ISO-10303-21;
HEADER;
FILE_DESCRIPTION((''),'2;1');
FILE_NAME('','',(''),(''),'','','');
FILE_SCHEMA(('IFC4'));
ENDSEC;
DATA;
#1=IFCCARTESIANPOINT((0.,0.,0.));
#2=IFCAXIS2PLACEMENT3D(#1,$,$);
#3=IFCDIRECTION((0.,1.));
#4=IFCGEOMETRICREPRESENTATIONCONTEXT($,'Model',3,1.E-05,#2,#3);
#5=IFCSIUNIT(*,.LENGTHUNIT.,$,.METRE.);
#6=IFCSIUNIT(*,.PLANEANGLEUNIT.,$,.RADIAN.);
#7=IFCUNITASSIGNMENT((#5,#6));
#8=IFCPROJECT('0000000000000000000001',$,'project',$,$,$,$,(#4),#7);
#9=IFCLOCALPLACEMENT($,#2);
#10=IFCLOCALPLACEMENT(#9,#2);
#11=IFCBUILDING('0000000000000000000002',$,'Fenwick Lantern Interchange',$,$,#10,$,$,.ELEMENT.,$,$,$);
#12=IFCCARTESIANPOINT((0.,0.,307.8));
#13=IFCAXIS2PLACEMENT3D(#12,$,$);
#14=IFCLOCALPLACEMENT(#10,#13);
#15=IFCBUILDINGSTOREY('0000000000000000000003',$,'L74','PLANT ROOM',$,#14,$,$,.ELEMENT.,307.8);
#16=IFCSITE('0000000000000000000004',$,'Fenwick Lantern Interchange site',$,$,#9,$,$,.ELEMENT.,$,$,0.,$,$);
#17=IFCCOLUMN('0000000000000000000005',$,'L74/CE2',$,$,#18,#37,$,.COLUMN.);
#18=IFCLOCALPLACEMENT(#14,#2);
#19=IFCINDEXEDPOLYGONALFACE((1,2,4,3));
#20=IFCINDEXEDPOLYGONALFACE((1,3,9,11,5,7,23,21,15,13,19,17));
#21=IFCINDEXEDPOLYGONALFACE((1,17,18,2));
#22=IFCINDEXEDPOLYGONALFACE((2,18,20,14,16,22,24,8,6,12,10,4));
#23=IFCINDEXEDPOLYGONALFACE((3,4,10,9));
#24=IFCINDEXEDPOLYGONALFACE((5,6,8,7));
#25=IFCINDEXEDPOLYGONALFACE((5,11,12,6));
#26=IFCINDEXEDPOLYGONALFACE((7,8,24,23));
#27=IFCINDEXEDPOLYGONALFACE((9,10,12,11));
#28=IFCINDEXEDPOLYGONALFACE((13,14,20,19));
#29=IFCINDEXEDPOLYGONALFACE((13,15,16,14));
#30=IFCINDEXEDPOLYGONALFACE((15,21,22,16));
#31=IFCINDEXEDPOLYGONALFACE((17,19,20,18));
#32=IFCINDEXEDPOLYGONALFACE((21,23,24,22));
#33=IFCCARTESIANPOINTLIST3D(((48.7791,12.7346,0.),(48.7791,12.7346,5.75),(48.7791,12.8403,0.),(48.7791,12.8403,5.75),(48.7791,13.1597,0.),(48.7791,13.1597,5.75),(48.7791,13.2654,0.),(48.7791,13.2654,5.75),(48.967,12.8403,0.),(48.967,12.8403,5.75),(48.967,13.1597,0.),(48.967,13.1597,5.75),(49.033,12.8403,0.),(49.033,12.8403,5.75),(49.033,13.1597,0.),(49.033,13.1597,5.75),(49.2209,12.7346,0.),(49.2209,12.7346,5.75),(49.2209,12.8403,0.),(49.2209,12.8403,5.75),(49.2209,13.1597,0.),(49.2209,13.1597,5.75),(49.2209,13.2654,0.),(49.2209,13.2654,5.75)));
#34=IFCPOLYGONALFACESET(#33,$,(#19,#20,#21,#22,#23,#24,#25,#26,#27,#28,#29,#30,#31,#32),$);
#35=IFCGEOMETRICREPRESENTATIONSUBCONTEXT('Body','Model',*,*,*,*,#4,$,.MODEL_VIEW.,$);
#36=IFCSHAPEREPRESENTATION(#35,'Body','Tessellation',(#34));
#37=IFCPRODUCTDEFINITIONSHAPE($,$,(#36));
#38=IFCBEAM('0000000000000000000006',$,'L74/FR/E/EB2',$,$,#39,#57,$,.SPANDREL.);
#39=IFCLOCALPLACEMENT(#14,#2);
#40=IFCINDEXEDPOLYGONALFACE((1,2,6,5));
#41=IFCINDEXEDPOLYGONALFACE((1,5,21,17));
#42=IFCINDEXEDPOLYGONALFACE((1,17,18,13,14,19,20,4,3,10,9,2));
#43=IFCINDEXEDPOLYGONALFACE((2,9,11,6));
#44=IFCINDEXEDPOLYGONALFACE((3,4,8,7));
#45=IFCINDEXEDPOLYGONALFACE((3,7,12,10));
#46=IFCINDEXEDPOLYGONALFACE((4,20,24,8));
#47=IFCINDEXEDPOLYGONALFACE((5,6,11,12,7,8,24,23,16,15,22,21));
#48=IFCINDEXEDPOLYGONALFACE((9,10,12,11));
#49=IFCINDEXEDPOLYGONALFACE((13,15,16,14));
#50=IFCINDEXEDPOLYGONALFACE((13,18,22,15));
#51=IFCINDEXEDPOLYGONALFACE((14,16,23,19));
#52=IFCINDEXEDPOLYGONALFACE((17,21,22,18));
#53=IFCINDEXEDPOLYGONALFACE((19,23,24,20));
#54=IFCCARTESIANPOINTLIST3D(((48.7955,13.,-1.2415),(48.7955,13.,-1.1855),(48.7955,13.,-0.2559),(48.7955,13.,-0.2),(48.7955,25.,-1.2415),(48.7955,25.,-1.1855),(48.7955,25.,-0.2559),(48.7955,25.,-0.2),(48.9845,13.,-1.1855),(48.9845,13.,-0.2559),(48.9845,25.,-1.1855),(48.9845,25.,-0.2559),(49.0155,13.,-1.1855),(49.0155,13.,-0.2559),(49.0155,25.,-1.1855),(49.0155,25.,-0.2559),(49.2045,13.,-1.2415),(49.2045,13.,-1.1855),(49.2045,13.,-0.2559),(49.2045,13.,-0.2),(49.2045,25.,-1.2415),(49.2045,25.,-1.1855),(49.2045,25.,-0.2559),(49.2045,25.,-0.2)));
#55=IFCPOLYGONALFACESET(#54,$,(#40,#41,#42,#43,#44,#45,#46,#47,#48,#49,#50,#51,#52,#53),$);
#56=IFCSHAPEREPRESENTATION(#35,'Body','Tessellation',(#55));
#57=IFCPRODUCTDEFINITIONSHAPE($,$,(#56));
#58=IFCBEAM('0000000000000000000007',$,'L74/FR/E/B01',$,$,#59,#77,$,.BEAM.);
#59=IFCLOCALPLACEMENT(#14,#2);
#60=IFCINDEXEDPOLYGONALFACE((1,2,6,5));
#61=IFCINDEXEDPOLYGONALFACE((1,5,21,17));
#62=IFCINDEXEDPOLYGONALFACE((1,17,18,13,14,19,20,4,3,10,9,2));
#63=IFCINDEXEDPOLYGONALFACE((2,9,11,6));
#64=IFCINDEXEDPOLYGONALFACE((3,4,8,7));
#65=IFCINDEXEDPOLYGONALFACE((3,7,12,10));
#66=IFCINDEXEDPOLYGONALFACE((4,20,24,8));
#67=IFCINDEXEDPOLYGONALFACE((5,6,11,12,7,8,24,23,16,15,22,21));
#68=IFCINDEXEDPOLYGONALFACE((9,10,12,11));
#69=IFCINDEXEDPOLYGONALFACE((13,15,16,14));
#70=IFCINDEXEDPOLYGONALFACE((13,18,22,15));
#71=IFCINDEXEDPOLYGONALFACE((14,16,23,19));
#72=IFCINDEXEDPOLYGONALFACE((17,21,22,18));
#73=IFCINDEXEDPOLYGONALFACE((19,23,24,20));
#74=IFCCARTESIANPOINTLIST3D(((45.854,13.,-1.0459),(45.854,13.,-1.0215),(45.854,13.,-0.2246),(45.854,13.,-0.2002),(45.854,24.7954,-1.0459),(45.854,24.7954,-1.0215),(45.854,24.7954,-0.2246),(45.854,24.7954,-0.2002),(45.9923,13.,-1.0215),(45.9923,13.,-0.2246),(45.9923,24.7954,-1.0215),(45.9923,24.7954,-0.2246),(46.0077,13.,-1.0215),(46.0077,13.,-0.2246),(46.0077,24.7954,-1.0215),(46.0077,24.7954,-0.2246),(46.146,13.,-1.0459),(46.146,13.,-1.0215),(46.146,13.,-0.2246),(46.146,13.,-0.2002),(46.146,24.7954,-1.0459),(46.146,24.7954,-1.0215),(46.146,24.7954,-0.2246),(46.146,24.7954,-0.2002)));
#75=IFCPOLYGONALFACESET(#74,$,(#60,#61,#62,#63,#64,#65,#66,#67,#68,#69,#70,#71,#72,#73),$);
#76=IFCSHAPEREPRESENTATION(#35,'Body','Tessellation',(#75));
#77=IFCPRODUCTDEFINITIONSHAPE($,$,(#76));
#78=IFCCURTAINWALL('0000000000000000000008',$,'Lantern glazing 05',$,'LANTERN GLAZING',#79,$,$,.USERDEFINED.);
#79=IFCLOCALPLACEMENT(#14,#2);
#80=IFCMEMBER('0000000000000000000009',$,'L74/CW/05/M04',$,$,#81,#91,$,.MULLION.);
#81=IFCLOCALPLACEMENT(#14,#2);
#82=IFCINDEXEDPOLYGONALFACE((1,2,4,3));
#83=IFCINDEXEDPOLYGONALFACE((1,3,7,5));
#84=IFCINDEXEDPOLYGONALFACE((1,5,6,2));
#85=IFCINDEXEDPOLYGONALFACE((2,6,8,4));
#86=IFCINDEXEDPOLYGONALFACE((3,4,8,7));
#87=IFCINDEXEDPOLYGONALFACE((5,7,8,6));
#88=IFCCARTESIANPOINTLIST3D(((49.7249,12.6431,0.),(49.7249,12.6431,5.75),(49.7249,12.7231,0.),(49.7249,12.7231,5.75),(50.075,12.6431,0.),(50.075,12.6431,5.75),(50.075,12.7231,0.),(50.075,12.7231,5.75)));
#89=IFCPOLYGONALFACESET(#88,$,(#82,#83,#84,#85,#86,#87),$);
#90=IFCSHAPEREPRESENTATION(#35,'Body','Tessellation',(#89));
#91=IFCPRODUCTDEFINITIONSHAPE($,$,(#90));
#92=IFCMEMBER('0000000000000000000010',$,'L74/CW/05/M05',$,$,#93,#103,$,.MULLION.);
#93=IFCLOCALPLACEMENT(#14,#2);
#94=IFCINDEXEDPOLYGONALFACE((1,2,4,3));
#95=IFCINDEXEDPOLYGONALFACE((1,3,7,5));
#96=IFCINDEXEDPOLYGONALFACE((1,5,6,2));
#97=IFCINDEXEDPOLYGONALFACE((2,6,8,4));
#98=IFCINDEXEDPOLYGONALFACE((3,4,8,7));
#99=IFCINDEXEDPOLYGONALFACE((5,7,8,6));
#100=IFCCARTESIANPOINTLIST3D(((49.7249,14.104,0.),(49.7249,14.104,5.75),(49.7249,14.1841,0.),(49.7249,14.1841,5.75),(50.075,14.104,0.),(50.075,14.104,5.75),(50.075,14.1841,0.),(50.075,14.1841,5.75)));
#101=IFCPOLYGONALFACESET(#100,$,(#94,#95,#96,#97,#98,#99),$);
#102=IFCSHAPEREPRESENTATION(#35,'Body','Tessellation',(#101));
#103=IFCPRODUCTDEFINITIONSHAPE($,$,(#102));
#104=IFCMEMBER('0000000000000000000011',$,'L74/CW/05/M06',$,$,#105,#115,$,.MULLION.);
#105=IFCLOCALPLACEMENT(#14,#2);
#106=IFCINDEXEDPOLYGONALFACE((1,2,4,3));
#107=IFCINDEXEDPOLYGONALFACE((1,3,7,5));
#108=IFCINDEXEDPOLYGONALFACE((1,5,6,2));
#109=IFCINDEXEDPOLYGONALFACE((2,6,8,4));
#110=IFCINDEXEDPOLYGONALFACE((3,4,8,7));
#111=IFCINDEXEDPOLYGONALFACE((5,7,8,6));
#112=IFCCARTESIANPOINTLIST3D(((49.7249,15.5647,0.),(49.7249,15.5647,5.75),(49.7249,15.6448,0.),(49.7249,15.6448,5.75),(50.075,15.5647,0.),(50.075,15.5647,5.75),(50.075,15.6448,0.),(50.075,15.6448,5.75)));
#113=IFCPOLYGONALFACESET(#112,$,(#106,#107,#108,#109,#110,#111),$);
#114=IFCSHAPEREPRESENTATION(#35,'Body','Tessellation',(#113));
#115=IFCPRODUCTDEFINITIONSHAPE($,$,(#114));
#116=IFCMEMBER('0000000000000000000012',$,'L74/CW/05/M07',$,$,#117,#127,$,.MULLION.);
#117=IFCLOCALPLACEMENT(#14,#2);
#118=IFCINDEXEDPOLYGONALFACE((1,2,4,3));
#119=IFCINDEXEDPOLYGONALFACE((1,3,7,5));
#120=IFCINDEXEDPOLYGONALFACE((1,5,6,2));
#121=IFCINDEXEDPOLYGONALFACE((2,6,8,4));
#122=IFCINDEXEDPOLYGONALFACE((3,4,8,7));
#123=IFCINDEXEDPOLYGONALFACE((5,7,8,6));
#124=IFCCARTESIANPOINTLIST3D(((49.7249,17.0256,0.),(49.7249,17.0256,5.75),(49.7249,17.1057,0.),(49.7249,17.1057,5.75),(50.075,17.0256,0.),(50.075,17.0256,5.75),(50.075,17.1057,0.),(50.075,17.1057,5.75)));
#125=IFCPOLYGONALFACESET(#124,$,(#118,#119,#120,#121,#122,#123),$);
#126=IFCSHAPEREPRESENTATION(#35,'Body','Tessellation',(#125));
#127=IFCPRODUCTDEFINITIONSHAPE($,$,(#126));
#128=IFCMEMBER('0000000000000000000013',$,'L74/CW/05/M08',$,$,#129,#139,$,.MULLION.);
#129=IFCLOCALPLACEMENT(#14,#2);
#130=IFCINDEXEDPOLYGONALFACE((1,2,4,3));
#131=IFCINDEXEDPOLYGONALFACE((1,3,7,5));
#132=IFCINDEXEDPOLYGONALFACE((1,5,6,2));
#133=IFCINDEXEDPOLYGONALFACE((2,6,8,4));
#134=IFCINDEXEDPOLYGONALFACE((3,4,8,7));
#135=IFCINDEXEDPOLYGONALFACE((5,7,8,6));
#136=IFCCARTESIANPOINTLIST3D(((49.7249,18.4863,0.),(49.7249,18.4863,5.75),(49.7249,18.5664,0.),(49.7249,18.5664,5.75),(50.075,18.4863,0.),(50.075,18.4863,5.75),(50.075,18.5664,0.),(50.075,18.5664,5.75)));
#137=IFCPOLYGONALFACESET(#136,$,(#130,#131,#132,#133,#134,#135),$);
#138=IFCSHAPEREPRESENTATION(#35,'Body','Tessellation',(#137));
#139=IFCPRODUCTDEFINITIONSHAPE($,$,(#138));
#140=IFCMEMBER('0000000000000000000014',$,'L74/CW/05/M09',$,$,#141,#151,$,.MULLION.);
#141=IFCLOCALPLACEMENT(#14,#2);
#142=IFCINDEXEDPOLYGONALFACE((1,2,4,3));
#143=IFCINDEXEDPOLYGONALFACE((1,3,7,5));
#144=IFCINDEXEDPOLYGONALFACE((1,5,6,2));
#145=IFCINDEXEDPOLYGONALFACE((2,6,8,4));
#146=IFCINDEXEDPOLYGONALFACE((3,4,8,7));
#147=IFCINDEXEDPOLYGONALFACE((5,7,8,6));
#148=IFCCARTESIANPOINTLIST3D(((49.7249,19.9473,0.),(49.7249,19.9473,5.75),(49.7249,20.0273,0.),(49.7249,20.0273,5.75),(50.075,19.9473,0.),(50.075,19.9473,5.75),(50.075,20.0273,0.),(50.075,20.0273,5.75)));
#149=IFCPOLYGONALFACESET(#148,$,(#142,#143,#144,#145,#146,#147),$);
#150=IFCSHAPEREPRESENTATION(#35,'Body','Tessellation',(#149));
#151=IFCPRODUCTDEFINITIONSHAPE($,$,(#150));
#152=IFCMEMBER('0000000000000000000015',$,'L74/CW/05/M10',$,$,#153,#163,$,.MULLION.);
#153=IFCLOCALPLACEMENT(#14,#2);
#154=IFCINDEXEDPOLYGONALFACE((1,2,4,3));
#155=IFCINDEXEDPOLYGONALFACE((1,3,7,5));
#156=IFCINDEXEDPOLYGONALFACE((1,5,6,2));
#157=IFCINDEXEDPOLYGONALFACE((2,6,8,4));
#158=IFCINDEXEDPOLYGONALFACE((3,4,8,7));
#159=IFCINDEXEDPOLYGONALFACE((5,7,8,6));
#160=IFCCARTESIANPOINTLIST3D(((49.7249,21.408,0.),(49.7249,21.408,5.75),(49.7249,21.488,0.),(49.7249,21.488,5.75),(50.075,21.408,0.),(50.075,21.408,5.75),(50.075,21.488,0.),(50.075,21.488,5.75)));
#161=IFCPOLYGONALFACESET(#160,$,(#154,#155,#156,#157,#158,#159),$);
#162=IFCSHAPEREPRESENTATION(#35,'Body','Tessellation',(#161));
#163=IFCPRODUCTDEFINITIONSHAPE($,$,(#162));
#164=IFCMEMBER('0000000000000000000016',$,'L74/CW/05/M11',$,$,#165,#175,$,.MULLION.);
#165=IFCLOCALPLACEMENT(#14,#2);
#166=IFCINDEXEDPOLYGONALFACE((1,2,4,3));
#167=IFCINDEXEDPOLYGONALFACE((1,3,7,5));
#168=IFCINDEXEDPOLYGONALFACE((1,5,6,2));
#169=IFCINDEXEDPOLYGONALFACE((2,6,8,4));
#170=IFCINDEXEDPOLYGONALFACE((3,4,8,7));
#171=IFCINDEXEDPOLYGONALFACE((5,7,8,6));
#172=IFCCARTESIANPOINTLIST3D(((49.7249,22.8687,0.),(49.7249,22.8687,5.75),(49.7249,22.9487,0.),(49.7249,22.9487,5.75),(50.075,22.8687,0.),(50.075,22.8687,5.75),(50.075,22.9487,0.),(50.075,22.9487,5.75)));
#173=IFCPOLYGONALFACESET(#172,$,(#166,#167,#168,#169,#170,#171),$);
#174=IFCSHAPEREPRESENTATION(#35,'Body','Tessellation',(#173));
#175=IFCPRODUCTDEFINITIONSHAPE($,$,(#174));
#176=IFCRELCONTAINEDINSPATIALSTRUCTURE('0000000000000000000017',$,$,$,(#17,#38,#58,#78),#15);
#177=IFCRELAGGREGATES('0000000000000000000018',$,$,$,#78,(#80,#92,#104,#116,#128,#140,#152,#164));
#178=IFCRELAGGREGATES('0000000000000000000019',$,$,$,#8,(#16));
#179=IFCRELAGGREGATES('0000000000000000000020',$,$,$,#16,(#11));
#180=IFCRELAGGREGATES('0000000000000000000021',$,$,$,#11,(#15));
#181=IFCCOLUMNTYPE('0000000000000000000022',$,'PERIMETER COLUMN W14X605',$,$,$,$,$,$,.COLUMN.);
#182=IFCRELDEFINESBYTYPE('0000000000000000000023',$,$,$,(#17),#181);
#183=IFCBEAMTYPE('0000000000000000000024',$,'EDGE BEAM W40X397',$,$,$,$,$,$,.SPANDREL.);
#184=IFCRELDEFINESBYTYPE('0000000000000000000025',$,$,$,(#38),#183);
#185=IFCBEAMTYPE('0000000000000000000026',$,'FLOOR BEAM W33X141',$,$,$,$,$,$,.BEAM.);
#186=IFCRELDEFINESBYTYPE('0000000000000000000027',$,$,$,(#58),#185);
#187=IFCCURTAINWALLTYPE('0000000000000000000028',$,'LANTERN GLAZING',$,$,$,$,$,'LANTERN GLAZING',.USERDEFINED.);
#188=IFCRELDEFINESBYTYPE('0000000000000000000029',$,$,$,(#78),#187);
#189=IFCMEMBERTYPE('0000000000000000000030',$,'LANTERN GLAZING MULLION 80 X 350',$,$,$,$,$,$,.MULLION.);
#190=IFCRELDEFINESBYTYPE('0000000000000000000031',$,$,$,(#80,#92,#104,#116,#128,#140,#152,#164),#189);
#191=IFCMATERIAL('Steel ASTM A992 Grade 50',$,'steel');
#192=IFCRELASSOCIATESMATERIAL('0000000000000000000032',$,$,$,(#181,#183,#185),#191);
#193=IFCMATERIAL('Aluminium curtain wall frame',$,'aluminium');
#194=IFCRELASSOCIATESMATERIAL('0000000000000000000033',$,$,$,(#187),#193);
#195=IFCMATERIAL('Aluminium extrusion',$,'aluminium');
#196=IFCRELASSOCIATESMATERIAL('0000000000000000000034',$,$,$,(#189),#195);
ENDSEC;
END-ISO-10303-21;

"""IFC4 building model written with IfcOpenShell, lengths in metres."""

from ifc_helpers import new_model, si_unit, direction, frame, origin, origin_2d, place, context, subcontext, project, spatial, rectangle, i_section, extrude, material, material_profile, profile_set, type_object, element, aggregate, save


model = new_model("IFC4")

# Units and contexts
model_context = context("Model", 3, precision=1e-05, world=origin(), true_north=direction((0.0, 1.0)))
body_context = subcontext(model_context, "Body", "Model", "MODEL_VIEW")
ifc_project = project(units=[si_unit("LENGTHUNIT", "METRE"), si_unit("PLANEANGLEUNIT", "RADIAN")], contexts=[model_context])

# Site, building, storey
site_placement = place(None, origin())
site = spatial("IfcSite", under=ifc_project, at=site_placement, Name="Fenwick Lantern Interchange site", CompositionType="ELEMENT", RefElevation=0.0)
building_placement = place(site_placement, origin())
building = spatial("IfcBuilding", under=site, at=building_placement, Name="Fenwick Lantern Interchange", CompositionType="ELEMENT")
storey_placement = place(building_placement, frame((0.0, 0.0, 307.8)))
storey = spatial("IfcBuildingStorey", under=building, at=storey_placement, Name="L74", Description="PLANT ROOM", CompositionType="ELEMENT", Elevation=307.8)

# Column
ifc_material_1 = material(Name="Steel ASTM A992 Grade 50", Category="steel")
ifc_material_profile_1 = material_profile(ifc_material_1, i_section(OverallWidth=0.4419, OverallDepth=0.5308, WebThickness=0.0659, FlangeThickness=0.1057, at=origin_2d()), Name="W14X605")
ifc_profile_set_1 = profile_set([ifc_material_profile_1], Name="Steel ASTM A992 Grade 50")
column_type = type_object("IfcColumnType", Name="PERIMETER COLUMN W14X605", PredefinedType="COLUMN", material=ifc_profile_set_1)
column_placement = place(storey_placement, frame((49.0, 13.0, 0.0), z_axis=(0.0, 0.0, 1.0), x_axis=(1.0, 0.0, 0.0)))
element("IfcColumn", 1, at=column_placement, inside=storey, type_object=column_type, Name="L74/CE2", PredefinedType="COLUMN", context=body_context, shape_type="SweptSolid", body=[
    extrude(i_section(OverallWidth=0.4419, OverallDepth=0.5308, WebThickness=0.0659, FlangeThickness=0.1057, at=origin_2d()), origin(), (0.0, 0.0, 1.0), 5.75),
])

# Beams
ifc_material_profile_2 = material_profile(ifc_material_1, i_section(OverallWidth=0.4089, OverallDepth=1.0415, WebThickness=0.031, FlangeThickness=0.0559, at=origin_2d()), Name="W40X397")
ifc_profile_set_2 = profile_set([ifc_material_profile_2], Name="Steel ASTM A992 Grade 50")
beam_type_1 = type_object("IfcBeamType", Name="EDGE BEAM W40X397", PredefinedType="SPANDREL", material=ifc_profile_set_2)
beam_1_placement = place(storey_placement, frame((49.0, 13.0, -0.7207), z_axis=(0.0, 1.0, 0.0), x_axis=(-1.0, 0.0, 0.0)))
element("IfcBeam", 2, at=beam_1_placement, inside=storey, type_object=beam_type_1, Name="L74/FR/E/EB2", PredefinedType="SPANDREL", context=body_context, shape_type="SweptSolid", body=[
    extrude(i_section(OverallWidth=0.4089, OverallDepth=1.0415, WebThickness=0.031, FlangeThickness=0.0559, at=origin_2d()), origin(), (0.0, 0.0, 1.0), 12.0),
])
ifc_material_profile_3 = material_profile(ifc_material_1, i_section(OverallWidth=0.292, OverallDepth=0.8457, WebThickness=0.0154, FlangeThickness=0.0244, at=origin_2d()), Name="W33X141")
ifc_profile_set_3 = profile_set([ifc_material_profile_3], Name="Steel ASTM A992 Grade 50")
beam_type_2 = type_object("IfcBeamType", Name="FLOOR BEAM W33X141", PredefinedType="BEAM", material=ifc_profile_set_3)
beam_2_placement = place(storey_placement, frame((46.0, 13.0, -0.623), z_axis=(0.0, 1.0, 0.0), x_axis=(-1.0, 0.0, 0.0)))
element("IfcBeam", 3, at=beam_2_placement, inside=storey, type_object=beam_type_2, Name="L74/FR/E/B01", PredefinedType="BEAM", context=body_context, shape_type="SweptSolid", body=[
    extrude(i_section(OverallWidth=0.292, OverallDepth=0.8457, WebThickness=0.0154, FlangeThickness=0.0244, at=origin_2d()), origin(), (0.0, 0.0, 1.0), 11.7954),
])

# Curtain wall, members
ifc_material_2 = material(Name="Aluminium curtain wall frame", Category="aluminium")
curtain_wall_type = type_object("IfcCurtainWallType", Name="LANTERN GLAZING", ElementType="LANTERN GLAZING", PredefinedType="USERDEFINED", material=ifc_material_2)
curtain_wall_placement = place(storey_placement, origin())
curtain_wall = element("IfcCurtainWall", 4, at=curtain_wall_placement, inside=storey, type_object=curtain_wall_type, Name="Lantern glazing 05", ObjectType="LANTERN GLAZING", PredefinedType="USERDEFINED")
ifc_material_3 = material(Name="Aluminium extrusion", Category="aluminium")
ifc_material_profile_4 = material_profile(ifc_material_3, rectangle(XDim=0.3501, YDim=0.0801, at=origin_2d()), Name="LANTERN GLAZING MULLION 80 X 350")
ifc_profile_set_4 = profile_set([ifc_material_profile_4], Name="Aluminium extrusion")
member_type = type_object("IfcMemberType", Name="LANTERN GLAZING MULLION 80 X 350", PredefinedType="MULLION", material=ifc_profile_set_4)
member_1_placement = place(storey_placement, frame((49.8999, 12.6831, 0.0), z_axis=(0.0, 0.0, 1.0), x_axis=(-1.0, 0.0, 0.0)))
member_1 = element("IfcMember", 5, at=member_1_placement, type_object=member_type, Name="L74/CW/05/M04", PredefinedType="MULLION", context=body_context, shape_type="SweptSolid", body=[
    extrude(rectangle(XDim=0.3501, YDim=0.0801, at=origin_2d()), origin(), (0.0, 0.0, 1.0), 5.75),
])
member_2_placement = place(storey_placement, frame((49.8999, 14.144, 0.0), z_axis=(0.0, 0.0, 1.0), x_axis=(-1.0, 0.0, 0.0)))
member_2 = element("IfcMember", 6, at=member_2_placement, type_object=member_type, Name="L74/CW/05/M05", PredefinedType="MULLION", context=body_context, shape_type="SweptSolid", body=[
    extrude(rectangle(XDim=0.3501, YDim=0.0801, at=origin_2d()), origin(), (0.0, 0.0, 1.0), 5.75),
])
member_3_placement = place(storey_placement, frame((49.8999, 15.6047, 0.0), z_axis=(0.0, 0.0, 1.0), x_axis=(-1.0, 0.0, 0.0)))
member_3 = element("IfcMember", 7, at=member_3_placement, type_object=member_type, Name="L74/CW/05/M06", PredefinedType="MULLION", context=body_context, shape_type="SweptSolid", body=[
    extrude(rectangle(XDim=0.3501, YDim=0.0801, at=origin_2d()), origin(), (0.0, 0.0, 1.0), 5.75),
])
member_4_placement = place(storey_placement, frame((49.8999, 17.0657, 0.0), z_axis=(0.0, 0.0, 1.0), x_axis=(-1.0, 0.0, 0.0)))
member_4 = element("IfcMember", 8, at=member_4_placement, type_object=member_type, Name="L74/CW/05/M07", PredefinedType="MULLION", context=body_context, shape_type="SweptSolid", body=[
    extrude(rectangle(XDim=0.3501, YDim=0.0801, at=origin_2d()), origin(), (0.0, 0.0, 1.0), 5.75),
])
member_5_placement = place(storey_placement, frame((49.8999, 18.5264, 0.0), z_axis=(0.0, 0.0, 1.0), x_axis=(-1.0, 0.0, 0.0)))
member_5 = element("IfcMember", 9, at=member_5_placement, type_object=member_type, Name="L74/CW/05/M08", PredefinedType="MULLION", context=body_context, shape_type="SweptSolid", body=[
    extrude(rectangle(XDim=0.3501, YDim=0.0801, at=origin_2d()), origin(), (0.0, 0.0, 1.0), 5.75),
])
member_6_placement = place(storey_placement, frame((49.8999, 19.9873, 0.0), z_axis=(0.0, 0.0, 1.0), x_axis=(-1.0, 0.0, 0.0)))
member_6 = element("IfcMember", 10, at=member_6_placement, type_object=member_type, Name="L74/CW/05/M09", PredefinedType="MULLION", context=body_context, shape_type="SweptSolid", body=[
    extrude(rectangle(XDim=0.3501, YDim=0.0801, at=origin_2d()), origin(), (0.0, 0.0, 1.0), 5.75),
])
member_7_placement = place(storey_placement, frame((49.8999, 21.448, 0.0), z_axis=(0.0, 0.0, 1.0), x_axis=(-1.0, 0.0, 0.0)))
member_7 = element("IfcMember", 11, at=member_7_placement, type_object=member_type, Name="L74/CW/05/M10", PredefinedType="MULLION", context=body_context, shape_type="SweptSolid", body=[
    extrude(rectangle(XDim=0.3501, YDim=0.0801, at=origin_2d()), origin(), (0.0, 0.0, 1.0), 5.75),
])
member_8_placement = place(storey_placement, frame((49.8999, 22.9087, 0.0), z_axis=(0.0, 0.0, 1.0), x_axis=(-1.0, 0.0, 0.0)))
member_8 = element("IfcMember", 12, at=member_8_placement, type_object=member_type, Name="L74/CW/05/M11", PredefinedType="MULLION", context=body_context, shape_type="SweptSolid", body=[
    extrude(rectangle(XDim=0.3501, YDim=0.0801, at=origin_2d()), origin(), (0.0, 0.0, 1.0), 5.75),
])

aggregate(curtain_wall, [member_1, member_2, member_3, member_4, member_5, member_6, member_7, member_8])

save(model, "model.ifc")
